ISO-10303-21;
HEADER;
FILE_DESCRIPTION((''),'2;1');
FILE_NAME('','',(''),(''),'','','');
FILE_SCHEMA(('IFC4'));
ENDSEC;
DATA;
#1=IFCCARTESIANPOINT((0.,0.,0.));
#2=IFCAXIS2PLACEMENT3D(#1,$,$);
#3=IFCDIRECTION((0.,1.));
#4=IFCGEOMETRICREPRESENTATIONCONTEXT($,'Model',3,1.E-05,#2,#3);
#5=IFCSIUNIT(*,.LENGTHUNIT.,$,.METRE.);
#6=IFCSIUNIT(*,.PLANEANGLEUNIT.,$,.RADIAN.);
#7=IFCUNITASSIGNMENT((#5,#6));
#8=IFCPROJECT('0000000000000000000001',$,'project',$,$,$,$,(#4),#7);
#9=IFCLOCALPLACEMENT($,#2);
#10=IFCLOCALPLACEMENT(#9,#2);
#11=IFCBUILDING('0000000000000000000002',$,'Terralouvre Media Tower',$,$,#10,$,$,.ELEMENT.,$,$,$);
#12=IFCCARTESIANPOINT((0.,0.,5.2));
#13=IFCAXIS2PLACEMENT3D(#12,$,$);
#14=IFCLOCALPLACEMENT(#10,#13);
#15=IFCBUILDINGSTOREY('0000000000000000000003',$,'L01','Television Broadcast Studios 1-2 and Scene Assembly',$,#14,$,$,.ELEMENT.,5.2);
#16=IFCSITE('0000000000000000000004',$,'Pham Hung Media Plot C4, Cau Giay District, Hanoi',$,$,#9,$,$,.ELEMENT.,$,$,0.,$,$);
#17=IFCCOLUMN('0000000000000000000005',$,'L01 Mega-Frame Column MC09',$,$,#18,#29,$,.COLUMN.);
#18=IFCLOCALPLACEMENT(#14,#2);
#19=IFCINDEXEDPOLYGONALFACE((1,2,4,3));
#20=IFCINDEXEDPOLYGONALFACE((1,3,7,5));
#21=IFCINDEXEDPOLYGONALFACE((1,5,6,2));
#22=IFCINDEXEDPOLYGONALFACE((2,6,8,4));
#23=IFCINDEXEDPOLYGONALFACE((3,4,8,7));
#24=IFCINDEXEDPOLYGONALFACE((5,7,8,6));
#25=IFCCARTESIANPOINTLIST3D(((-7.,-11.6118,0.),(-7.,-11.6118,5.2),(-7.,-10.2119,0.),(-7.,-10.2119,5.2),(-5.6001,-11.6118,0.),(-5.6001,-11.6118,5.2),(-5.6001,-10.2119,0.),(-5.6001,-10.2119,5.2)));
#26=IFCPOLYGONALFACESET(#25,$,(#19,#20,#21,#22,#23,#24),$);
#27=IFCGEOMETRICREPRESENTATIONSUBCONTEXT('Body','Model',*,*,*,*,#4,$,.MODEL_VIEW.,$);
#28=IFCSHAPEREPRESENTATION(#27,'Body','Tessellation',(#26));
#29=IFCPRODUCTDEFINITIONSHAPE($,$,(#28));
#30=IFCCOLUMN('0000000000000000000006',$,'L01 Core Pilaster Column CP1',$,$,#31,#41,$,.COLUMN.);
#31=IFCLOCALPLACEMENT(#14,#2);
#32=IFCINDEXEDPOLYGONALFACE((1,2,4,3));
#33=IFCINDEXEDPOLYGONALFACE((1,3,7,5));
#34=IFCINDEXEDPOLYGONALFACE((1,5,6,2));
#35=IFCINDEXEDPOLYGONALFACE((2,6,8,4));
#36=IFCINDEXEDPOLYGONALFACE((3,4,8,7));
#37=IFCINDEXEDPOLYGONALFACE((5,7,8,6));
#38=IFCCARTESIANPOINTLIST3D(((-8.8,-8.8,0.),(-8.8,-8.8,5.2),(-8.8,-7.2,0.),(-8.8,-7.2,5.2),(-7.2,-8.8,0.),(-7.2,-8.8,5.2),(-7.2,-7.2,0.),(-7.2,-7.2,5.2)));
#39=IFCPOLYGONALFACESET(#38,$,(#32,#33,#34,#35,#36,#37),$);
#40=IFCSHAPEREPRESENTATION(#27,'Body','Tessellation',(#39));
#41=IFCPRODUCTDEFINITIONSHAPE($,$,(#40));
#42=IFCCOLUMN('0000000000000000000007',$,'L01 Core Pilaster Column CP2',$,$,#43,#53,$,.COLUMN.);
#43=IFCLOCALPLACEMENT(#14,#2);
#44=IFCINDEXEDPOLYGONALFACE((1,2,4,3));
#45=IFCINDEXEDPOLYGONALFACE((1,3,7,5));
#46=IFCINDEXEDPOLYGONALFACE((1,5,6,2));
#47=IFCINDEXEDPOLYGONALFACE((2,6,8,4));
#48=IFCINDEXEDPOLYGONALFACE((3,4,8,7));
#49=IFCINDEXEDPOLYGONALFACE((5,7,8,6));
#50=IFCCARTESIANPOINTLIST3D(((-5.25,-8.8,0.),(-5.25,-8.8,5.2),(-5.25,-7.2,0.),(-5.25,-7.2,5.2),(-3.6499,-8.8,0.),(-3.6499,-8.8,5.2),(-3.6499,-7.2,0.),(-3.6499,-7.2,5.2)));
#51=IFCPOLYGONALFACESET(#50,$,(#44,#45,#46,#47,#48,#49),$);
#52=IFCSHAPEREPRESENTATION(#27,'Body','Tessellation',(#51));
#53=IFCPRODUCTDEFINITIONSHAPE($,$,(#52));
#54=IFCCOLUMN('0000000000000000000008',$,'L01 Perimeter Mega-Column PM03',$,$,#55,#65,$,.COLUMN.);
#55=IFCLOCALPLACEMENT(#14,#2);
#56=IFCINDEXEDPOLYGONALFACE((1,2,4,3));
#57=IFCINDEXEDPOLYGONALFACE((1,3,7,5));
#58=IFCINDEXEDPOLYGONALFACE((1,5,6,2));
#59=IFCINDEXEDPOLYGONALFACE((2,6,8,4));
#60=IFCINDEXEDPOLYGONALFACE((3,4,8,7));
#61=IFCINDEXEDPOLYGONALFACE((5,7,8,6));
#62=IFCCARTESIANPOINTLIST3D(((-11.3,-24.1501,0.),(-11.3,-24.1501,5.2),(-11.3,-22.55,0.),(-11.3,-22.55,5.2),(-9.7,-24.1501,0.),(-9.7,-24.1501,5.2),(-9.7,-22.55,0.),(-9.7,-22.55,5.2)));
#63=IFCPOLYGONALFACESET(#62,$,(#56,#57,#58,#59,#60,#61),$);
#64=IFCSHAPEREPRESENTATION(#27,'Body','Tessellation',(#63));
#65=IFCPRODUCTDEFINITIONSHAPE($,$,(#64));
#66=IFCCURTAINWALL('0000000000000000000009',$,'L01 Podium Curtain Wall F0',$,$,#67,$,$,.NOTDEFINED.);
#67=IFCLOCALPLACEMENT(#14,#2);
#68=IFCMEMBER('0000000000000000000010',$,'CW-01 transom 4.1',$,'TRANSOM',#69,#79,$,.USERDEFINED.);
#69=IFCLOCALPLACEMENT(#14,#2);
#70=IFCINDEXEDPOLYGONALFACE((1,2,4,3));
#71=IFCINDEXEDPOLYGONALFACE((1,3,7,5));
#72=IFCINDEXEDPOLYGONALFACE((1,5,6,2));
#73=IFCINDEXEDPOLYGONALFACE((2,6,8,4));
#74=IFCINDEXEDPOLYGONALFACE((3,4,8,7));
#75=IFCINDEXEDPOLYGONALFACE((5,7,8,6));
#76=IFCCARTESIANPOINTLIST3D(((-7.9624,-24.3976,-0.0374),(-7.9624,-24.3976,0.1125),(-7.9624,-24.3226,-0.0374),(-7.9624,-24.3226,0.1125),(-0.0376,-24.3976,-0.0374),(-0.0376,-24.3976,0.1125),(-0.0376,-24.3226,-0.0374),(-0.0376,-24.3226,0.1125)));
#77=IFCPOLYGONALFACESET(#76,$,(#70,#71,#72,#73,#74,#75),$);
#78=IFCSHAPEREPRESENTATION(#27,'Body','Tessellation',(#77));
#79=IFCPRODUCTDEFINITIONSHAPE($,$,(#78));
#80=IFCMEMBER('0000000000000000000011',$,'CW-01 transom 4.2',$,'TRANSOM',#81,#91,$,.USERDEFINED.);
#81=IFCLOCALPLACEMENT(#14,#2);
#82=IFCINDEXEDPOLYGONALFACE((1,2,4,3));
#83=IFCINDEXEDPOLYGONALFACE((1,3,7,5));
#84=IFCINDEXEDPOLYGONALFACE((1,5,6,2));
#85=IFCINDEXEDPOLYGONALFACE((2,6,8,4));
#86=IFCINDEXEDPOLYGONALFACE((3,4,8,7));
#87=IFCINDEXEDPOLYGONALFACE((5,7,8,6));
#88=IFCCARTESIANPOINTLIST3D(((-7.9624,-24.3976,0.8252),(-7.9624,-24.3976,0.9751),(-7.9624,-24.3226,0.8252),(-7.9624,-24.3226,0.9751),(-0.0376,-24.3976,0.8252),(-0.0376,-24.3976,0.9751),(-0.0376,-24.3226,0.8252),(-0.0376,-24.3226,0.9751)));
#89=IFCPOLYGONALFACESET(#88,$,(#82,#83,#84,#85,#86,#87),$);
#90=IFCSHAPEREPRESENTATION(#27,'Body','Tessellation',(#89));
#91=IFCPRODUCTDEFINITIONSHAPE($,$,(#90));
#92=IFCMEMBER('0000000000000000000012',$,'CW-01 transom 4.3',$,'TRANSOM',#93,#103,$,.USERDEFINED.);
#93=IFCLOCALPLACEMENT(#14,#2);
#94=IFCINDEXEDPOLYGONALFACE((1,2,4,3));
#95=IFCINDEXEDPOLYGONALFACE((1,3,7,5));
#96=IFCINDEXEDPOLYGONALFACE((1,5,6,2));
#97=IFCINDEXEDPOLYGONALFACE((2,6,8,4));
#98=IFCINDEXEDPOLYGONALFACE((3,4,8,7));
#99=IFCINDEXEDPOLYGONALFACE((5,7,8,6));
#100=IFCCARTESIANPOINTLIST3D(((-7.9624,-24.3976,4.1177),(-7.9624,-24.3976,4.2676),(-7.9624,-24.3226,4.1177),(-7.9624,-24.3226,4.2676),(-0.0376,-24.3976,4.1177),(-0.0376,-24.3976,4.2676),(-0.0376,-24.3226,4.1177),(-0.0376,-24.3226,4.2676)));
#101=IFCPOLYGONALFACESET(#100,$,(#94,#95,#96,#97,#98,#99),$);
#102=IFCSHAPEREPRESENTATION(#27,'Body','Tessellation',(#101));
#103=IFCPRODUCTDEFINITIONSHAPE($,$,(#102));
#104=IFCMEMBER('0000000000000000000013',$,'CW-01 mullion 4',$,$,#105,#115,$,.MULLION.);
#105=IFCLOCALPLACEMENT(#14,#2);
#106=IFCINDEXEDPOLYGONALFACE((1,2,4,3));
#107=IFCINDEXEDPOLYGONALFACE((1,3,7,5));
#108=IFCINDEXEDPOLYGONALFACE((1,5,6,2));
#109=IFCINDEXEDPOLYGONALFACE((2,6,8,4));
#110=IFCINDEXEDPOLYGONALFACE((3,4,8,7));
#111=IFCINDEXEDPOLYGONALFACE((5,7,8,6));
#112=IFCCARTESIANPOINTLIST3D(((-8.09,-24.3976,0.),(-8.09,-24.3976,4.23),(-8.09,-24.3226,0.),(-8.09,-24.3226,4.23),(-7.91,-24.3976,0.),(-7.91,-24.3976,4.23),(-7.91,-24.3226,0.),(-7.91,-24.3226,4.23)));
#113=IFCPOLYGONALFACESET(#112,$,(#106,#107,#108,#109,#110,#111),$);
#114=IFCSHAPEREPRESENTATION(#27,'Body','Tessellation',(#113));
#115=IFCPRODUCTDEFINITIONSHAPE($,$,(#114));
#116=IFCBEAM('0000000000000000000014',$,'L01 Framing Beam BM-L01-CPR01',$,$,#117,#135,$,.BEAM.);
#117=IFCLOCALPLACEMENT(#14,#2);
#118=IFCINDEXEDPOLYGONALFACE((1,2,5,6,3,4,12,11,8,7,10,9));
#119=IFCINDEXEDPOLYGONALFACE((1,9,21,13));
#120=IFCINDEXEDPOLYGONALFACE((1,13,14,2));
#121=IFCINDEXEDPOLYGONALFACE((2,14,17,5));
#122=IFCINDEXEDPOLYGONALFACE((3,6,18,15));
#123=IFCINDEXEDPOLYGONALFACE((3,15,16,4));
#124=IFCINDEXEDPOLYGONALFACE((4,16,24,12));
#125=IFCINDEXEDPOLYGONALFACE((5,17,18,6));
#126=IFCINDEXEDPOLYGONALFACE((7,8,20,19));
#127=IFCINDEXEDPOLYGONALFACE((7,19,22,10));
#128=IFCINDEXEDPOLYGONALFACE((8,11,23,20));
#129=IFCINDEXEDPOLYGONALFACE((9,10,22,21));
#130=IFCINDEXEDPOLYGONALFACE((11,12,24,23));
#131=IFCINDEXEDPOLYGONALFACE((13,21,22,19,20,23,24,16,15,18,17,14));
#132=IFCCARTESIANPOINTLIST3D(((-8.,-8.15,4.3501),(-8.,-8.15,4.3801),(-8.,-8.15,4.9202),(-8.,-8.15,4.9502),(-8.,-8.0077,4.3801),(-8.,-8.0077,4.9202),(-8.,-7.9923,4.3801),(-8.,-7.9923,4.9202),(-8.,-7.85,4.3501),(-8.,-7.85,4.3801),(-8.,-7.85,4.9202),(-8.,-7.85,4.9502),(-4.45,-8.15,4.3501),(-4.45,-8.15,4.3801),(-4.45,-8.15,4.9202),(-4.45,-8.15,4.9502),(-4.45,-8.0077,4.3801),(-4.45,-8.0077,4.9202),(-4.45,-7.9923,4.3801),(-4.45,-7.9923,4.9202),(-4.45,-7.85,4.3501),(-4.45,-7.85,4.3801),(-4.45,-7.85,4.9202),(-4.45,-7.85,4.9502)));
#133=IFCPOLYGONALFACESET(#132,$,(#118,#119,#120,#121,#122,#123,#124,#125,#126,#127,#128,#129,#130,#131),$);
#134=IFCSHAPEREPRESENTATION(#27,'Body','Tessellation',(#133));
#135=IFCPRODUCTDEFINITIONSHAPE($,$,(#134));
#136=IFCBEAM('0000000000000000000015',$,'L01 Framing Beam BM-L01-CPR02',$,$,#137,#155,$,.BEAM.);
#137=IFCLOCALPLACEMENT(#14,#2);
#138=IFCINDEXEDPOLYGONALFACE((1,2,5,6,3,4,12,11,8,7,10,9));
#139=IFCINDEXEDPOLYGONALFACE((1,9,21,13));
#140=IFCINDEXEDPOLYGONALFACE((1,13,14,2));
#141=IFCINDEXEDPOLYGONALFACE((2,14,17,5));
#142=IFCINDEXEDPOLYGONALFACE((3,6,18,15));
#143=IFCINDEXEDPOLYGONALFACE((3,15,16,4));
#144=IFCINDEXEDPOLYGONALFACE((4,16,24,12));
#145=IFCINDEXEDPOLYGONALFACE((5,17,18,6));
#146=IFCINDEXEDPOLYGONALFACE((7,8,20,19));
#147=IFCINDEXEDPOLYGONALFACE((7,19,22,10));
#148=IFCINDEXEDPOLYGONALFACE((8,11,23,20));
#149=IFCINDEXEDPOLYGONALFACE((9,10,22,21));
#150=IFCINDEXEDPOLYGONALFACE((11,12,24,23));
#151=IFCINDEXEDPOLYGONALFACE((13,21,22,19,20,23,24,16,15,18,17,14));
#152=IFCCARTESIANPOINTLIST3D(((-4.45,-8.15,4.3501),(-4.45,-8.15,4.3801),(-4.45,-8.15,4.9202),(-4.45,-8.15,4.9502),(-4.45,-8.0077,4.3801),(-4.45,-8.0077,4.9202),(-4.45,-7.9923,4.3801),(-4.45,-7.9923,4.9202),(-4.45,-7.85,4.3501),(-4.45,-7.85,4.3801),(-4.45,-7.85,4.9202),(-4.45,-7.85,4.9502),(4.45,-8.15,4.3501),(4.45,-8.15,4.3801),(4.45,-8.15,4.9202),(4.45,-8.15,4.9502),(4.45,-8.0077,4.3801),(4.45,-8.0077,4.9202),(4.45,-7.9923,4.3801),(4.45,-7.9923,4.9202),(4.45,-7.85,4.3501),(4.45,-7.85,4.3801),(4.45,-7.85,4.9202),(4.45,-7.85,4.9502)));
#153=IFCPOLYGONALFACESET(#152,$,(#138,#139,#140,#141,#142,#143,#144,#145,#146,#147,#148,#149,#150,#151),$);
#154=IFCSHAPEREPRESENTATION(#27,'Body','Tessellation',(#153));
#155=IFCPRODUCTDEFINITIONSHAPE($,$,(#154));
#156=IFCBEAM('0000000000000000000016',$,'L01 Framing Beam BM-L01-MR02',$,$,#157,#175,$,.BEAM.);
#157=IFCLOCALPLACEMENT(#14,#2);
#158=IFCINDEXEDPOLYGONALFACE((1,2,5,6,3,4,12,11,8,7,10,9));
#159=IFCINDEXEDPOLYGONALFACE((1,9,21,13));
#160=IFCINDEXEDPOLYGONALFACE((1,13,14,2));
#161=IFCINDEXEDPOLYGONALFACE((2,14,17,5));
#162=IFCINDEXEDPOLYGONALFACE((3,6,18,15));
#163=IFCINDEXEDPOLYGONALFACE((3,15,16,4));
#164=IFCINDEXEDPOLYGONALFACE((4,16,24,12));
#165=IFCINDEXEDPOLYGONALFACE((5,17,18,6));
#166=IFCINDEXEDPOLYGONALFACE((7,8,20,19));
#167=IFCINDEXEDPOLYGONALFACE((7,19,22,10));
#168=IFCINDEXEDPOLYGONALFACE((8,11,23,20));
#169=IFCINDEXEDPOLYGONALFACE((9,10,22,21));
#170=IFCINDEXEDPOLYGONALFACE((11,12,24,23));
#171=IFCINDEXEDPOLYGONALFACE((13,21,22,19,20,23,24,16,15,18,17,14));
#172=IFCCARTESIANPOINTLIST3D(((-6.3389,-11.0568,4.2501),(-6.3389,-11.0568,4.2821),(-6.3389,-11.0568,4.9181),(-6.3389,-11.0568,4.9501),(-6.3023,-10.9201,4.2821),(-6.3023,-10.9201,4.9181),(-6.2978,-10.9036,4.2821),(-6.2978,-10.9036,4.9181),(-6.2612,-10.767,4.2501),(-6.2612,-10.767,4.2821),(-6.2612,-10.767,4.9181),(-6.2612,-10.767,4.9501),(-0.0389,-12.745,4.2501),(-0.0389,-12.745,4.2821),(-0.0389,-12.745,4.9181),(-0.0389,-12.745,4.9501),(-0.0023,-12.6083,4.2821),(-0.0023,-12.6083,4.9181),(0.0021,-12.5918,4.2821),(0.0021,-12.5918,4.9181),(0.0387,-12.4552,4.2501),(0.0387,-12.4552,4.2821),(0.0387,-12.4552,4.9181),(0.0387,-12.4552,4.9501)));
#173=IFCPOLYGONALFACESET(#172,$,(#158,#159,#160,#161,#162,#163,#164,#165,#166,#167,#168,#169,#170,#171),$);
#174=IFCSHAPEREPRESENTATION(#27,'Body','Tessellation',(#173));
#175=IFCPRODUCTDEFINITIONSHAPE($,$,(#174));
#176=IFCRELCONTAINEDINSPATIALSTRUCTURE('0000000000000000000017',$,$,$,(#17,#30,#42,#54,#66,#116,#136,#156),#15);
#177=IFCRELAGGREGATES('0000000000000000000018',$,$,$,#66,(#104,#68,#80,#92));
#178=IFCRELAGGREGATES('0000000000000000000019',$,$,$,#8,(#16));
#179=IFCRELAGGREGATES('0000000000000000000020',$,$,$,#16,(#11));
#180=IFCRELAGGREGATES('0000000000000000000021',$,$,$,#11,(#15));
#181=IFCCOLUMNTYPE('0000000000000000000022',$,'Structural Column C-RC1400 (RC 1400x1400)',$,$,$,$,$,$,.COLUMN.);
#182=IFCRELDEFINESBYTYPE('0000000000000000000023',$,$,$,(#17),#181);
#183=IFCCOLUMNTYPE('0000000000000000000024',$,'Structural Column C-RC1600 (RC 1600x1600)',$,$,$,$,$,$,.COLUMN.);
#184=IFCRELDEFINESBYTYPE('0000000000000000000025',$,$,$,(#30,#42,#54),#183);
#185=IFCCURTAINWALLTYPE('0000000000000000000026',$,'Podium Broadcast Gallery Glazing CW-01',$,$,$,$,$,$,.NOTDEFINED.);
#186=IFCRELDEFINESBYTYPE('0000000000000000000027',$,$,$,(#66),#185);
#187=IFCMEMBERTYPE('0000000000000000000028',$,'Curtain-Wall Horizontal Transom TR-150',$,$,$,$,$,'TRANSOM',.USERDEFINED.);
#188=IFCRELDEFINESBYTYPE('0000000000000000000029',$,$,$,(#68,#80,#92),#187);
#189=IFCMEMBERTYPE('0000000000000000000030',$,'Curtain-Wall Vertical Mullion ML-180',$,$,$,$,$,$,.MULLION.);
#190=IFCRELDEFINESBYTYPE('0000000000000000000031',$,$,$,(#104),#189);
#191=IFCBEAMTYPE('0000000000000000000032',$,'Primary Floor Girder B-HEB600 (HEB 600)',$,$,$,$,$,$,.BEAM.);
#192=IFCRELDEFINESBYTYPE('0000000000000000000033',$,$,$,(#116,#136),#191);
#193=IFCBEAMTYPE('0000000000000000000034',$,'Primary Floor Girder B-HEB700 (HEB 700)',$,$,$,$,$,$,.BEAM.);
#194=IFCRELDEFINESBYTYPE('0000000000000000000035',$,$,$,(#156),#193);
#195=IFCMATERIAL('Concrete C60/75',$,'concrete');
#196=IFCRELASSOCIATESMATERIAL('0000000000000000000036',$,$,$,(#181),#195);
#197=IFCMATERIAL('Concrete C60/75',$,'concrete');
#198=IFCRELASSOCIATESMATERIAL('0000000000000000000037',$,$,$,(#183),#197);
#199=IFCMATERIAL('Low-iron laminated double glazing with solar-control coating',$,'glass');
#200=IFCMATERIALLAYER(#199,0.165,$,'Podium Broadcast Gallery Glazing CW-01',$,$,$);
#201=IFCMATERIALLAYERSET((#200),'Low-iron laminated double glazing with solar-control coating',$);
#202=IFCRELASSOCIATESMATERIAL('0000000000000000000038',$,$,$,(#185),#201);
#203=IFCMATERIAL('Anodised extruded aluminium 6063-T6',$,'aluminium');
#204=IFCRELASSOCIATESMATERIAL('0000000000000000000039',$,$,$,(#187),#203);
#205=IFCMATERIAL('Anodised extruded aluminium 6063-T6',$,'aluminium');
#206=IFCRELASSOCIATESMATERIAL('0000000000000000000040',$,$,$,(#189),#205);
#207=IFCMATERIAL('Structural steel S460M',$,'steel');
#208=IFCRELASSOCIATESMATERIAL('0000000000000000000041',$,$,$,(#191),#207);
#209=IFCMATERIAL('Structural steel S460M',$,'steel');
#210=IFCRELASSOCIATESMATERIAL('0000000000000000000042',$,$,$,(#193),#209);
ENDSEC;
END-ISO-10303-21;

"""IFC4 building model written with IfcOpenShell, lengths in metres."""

from ifc_helpers import new_model, si_unit, direction, frame, origin, origin_2d, place, context, subcontext, project, spatial, rectangle, i_section, extrude, material, layer, layer_set, material_profile, profile_set, type_object, element, aggregate, save


model = new_model("IFC4")

# Units and contexts
model_context = context("Model", 3, precision=1e-05, world=origin(), true_north=direction((0.0, 1.0)))
body_context = subcontext(model_context, "Body", "Model", "MODEL_VIEW")
ifc_project = project(units=[si_unit("LENGTHUNIT", "METRE"), si_unit("PLANEANGLEUNIT", "RADIAN")], contexts=[model_context])

# Site, building, storey
site_placement = place(None, origin())
site = spatial("IfcSite", under=ifc_project, at=site_placement, Name="Pham Hung Media Plot C4, Cau Giay District, Hanoi", CompositionType="ELEMENT", RefElevation=0.0)
building_placement = place(site_placement, origin())
building = spatial("IfcBuilding", under=site, at=building_placement, Name="Terralouvre Media Tower", CompositionType="ELEMENT")
storey_placement = place(building_placement, frame((0.0, 0.0, 5.2)))
storey = spatial("IfcBuildingStorey", under=building, at=storey_placement, Name="L01", Description="Television Broadcast Studios 1-2 and Scene Assembly", CompositionType="ELEMENT", Elevation=5.2)

# Columns
ifc_material_1 = material(Name="Concrete C60/75", Category="concrete")
ifc_material_profile_1 = material_profile(ifc_material_1, rectangle(XDim=1.3999, YDim=1.3999, at=origin_2d()), Name="RC 1400x1400")
ifc_profile_set_1 = profile_set([ifc_material_profile_1], Name="Concrete C60/75")
column_type_1 = type_object("IfcColumnType", Name="Structural Column C-RC1400 (RC 1400x1400)", PredefinedType="COLUMN", material=ifc_profile_set_1)
column_placement = place(storey_placement, frame((-6.3, -10.9119, 0.0), z_axis=(0.0, 0.0, 1.0), x_axis=(1.0, 0.0, 0.0)))
element("IfcColumn", 1, at=column_placement, inside=storey, type_object=column_type_1, Name="L01 Mega-Frame Column MC09", PredefinedType="COLUMN", context=body_context, shape_type="SweptSolid", body=[
    extrude(rectangle(XDim=1.3999, YDim=1.3999, at=origin_2d()), origin(), (0.0, 0.0, 1.0), 5.2),
])
ifc_material_2 = material(Name="Concrete C60/75", Category="concrete")
ifc_material_profile_2 = material_profile(ifc_material_2, rectangle(XDim=1.6001, YDim=1.6001, at=origin_2d()), Name="RC 1600x1600")
ifc_profile_set_2 = profile_set([ifc_material_profile_2], Name="Concrete C60/75")
column_type_2 = type_object("IfcColumnType", Name="Structural Column C-RC1600 (RC 1600x1600)", PredefinedType="COLUMN", material=ifc_profile_set_2)
for number, where, z_axis, x_axis, name in (
    (2, (-8.0, -8.0, 0.0), (0.0, 0.0, 1.0), (1.0, 0.0, 0.0), "L01 Core Pilaster Column CP1"),
    (3, (-4.45, -8.0, 0.0), (0.0, 0.0, 1.0), (1.0, 0.0, 0.0), "L01 Core Pilaster Column CP2"),
    (4, (-10.5, -23.3501, 0.0), (0.0, 0.0, 1.0), (1.0, 0.0, 0.0), "L01 Perimeter Mega-Column PM03"),
):
    element("IfcColumn", number, at=place(storey_placement, frame(where, z_axis=z_axis, x_axis=x_axis)), inside=storey, type_object=column_type_2, Name=name, PredefinedType="COLUMN", context=body_context, shape_type="SweptSolid", body=[
        extrude(rectangle(XDim=1.6001, YDim=1.6001, at=origin_2d()), origin(), (0.0, 0.0, 1.0), 5.2),
    ])

# Curtain wall, members
ifc_material_3 = material(Name="Low-iron laminated double glazing with solar-control coating", Category="glass")
ifc_layer_1 = layer(ifc_material_3, 0.165, Name="Podium Broadcast Gallery Glazing CW-01")
ifc_layer_set_1 = layer_set([ifc_layer_1], Name="Low-iron laminated double glazing with solar-control coating")
curtain_wall_type = type_object("IfcCurtainWallType", Name="Podium Broadcast Gallery Glazing CW-01", PredefinedType="NOTDEFINED", material=ifc_layer_set_1)
curtain_wall_placement = place(storey_placement, origin())
curtain_wall = element("IfcCurtainWall", 5, at=curtain_wall_placement, inside=storey, type_object=curtain_wall_type, Name="L01 Podium Curtain Wall F0", PredefinedType="NOTDEFINED")
ifc_material_4 = material(Name="Anodised extruded aluminium 6063-T6", Category="aluminium")
ifc_material_profile_3 = material_profile(ifc_material_4, rectangle(XDim=0.075, YDim=0.1499, at=origin_2d()), Name="ALU 75x150")
ifc_profile_set_3 = profile_set([ifc_material_profile_3], Name="Anodised extruded aluminium 6063-T6")
member_type_1 = type_object("IfcMemberType", Name="Curtain-Wall Horizontal Transom TR-150", ElementType="TRANSOM", PredefinedType="USERDEFINED", material=ifc_profile_set_3)
member_1_placement = place(storey_placement, frame((-7.9624, -24.3601, 0.0376), z_axis=(1.0, 0.0, 0.0), x_axis=(0.0, 1.0, 0.0)))
member_1 = element("IfcMember", 6, at=member_1_placement, type_object=member_type_1, Name="CW-01 transom 4.1", ObjectType="TRANSOM", PredefinedType="USERDEFINED", context=body_context, shape_type="SweptSolid", body=[
    extrude(rectangle(XDim=0.075, YDim=0.1499, at=origin_2d()), origin(), (0.0, 0.0, 1.0), 7.9248),
])
member_2_placement = place(storey_placement, frame((-7.9624, -24.3601, 0.9001), z_axis=(1.0, 0.0, 0.0), x_axis=(0.0, 1.0, 0.0)))
member_2 = element("IfcMember", 7, at=member_2_placement, type_object=member_type_1, Name="CW-01 transom 4.2", ObjectType="TRANSOM", PredefinedType="USERDEFINED", context=body_context, shape_type="SweptSolid", body=[
    extrude(rectangle(XDim=0.075, YDim=0.1499, at=origin_2d()), origin(), (0.0, 0.0, 1.0), 7.9248),
])
member_3_placement = place(storey_placement, frame((-7.9624, -24.3601, 4.1926), z_axis=(1.0, 0.0, 0.0), x_axis=(0.0, 1.0, 0.0)))
member_3 = element("IfcMember", 8, at=member_3_placement, type_object=member_type_1, Name="CW-01 transom 4.3", ObjectType="TRANSOM", PredefinedType="USERDEFINED", context=body_context, shape_type="SweptSolid", body=[
    extrude(rectangle(XDim=0.075, YDim=0.1499, at=origin_2d()), origin(), (0.0, 0.0, 1.0), 7.9248),
])
ifc_material_5 = material(Name="Anodised extruded aluminium 6063-T6", Category="aluminium")
ifc_material_profile_4 = material_profile(ifc_material_5, rectangle(XDim=0.075, YDim=0.1799, at=origin_2d()), Name="ALU 75x180")
ifc_profile_set_4 = profile_set([ifc_material_profile_4], Name="Anodised extruded aluminium 6063-T6")
member_type_2 = type_object("IfcMemberType", Name="Curtain-Wall Vertical Mullion ML-180", PredefinedType="MULLION", material=ifc_profile_set_4)
member_4_placement = place(storey_placement, frame((-8.0, -24.3601, 0.0), z_axis=(0.0, 0.0, 1.0), x_axis=(0.0, 1.0, 0.0)))
member_4 = element("IfcMember", 9, at=member_4_placement, type_object=member_type_2, Name="CW-01 mullion 4", PredefinedType="MULLION", context=body_context, shape_type="SweptSolid", body=[
    extrude(rectangle(XDim=0.075, YDim=0.1799, at=origin_2d()), origin(), (0.0, 0.0, 1.0), 4.23),
])

# Beams
ifc_material_6 = material(Name="Structural steel S460M", Category="steel")
ifc_material_profile_5 = material_profile(ifc_material_6, i_section(OverallWidth=0.3, OverallDepth=0.6001, WebThickness=0.0154, FlangeThickness=0.03, at=origin_2d()), Name="HEB 600")
ifc_profile_set_5 = profile_set([ifc_material_profile_5], Name="Structural steel S460M")
beam_type_1 = type_object("IfcBeamType", Name="Primary Floor Girder B-HEB600 (HEB 600)", PredefinedType="BEAM", material=ifc_profile_set_5)
beam_1_placement = place(storey_placement, frame((-8.0, -8.0, 4.6501), z_axis=(1.0, 0.0, 0.0), x_axis=(0.0, 1.0, 0.0)))
element("IfcBeam", 10, at=beam_1_placement, inside=storey, type_object=beam_type_1, Name="L01 Framing Beam BM-L01-CPR01", PredefinedType="BEAM", context=body_context, shape_type="SweptSolid", body=[
    extrude(i_section(OverallWidth=0.3, OverallDepth=0.6001, WebThickness=0.0154, FlangeThickness=0.03, at=origin_2d()), origin(), (0.0, 0.0, 1.0), 3.55),
])
beam_2_placement = place(storey_placement, frame((-4.45, -8.0, 4.6501), z_axis=(1.0, 0.0, 0.0), x_axis=(0.0, 1.0, 0.0)))
element("IfcBeam", 11, at=beam_2_placement, inside=storey, type_object=beam_type_1, Name="L01 Framing Beam BM-L01-CPR02", PredefinedType="BEAM", context=body_context, shape_type="SweptSolid", body=[
    extrude(i_section(OverallWidth=0.3, OverallDepth=0.6001, WebThickness=0.0154, FlangeThickness=0.03, at=origin_2d()), origin(), (0.0, 0.0, 1.0), 8.8999),
])
ifc_material_7 = material(Name="Structural steel S460M", Category="steel")
ifc_material_profile_6 = material_profile(ifc_material_7, i_section(OverallWidth=0.3, OverallDepth=0.7, WebThickness=0.0171, FlangeThickness=0.032, at=origin_2d()), Name="HEB 700")
ifc_profile_set_6 = profile_set([ifc_material_profile_6], Name="Structural steel S460M")
beam_type_2 = type_object("IfcBeamType", Name="Primary Floor Girder B-HEB700 (HEB 700)", PredefinedType="BEAM", material=ifc_profile_set_6)
beam_3_placement = place(storey_placement, frame((-6.3, -10.9119, 4.6001), z_axis=(0.96592, -0.258839, 0.0), x_axis=(0.258839, 0.96592, 0.0)))
element("IfcBeam", 12, at=beam_3_placement, inside=storey, type_object=beam_type_2, Name="L01 Framing Beam BM-L01-MR02", PredefinedType="BEAM", context=body_context, shape_type="SweptSolid", body=[
    extrude(i_section(OverallWidth=0.3, OverallDepth=0.7, WebThickness=0.0171, FlangeThickness=0.032, at=origin_2d()), origin(), (0.0, 0.0, 1.0), 6.5222),
])

aggregate(curtain_wall, [member_4, member_1, member_2, member_3])

save(model, "model.ifc")
